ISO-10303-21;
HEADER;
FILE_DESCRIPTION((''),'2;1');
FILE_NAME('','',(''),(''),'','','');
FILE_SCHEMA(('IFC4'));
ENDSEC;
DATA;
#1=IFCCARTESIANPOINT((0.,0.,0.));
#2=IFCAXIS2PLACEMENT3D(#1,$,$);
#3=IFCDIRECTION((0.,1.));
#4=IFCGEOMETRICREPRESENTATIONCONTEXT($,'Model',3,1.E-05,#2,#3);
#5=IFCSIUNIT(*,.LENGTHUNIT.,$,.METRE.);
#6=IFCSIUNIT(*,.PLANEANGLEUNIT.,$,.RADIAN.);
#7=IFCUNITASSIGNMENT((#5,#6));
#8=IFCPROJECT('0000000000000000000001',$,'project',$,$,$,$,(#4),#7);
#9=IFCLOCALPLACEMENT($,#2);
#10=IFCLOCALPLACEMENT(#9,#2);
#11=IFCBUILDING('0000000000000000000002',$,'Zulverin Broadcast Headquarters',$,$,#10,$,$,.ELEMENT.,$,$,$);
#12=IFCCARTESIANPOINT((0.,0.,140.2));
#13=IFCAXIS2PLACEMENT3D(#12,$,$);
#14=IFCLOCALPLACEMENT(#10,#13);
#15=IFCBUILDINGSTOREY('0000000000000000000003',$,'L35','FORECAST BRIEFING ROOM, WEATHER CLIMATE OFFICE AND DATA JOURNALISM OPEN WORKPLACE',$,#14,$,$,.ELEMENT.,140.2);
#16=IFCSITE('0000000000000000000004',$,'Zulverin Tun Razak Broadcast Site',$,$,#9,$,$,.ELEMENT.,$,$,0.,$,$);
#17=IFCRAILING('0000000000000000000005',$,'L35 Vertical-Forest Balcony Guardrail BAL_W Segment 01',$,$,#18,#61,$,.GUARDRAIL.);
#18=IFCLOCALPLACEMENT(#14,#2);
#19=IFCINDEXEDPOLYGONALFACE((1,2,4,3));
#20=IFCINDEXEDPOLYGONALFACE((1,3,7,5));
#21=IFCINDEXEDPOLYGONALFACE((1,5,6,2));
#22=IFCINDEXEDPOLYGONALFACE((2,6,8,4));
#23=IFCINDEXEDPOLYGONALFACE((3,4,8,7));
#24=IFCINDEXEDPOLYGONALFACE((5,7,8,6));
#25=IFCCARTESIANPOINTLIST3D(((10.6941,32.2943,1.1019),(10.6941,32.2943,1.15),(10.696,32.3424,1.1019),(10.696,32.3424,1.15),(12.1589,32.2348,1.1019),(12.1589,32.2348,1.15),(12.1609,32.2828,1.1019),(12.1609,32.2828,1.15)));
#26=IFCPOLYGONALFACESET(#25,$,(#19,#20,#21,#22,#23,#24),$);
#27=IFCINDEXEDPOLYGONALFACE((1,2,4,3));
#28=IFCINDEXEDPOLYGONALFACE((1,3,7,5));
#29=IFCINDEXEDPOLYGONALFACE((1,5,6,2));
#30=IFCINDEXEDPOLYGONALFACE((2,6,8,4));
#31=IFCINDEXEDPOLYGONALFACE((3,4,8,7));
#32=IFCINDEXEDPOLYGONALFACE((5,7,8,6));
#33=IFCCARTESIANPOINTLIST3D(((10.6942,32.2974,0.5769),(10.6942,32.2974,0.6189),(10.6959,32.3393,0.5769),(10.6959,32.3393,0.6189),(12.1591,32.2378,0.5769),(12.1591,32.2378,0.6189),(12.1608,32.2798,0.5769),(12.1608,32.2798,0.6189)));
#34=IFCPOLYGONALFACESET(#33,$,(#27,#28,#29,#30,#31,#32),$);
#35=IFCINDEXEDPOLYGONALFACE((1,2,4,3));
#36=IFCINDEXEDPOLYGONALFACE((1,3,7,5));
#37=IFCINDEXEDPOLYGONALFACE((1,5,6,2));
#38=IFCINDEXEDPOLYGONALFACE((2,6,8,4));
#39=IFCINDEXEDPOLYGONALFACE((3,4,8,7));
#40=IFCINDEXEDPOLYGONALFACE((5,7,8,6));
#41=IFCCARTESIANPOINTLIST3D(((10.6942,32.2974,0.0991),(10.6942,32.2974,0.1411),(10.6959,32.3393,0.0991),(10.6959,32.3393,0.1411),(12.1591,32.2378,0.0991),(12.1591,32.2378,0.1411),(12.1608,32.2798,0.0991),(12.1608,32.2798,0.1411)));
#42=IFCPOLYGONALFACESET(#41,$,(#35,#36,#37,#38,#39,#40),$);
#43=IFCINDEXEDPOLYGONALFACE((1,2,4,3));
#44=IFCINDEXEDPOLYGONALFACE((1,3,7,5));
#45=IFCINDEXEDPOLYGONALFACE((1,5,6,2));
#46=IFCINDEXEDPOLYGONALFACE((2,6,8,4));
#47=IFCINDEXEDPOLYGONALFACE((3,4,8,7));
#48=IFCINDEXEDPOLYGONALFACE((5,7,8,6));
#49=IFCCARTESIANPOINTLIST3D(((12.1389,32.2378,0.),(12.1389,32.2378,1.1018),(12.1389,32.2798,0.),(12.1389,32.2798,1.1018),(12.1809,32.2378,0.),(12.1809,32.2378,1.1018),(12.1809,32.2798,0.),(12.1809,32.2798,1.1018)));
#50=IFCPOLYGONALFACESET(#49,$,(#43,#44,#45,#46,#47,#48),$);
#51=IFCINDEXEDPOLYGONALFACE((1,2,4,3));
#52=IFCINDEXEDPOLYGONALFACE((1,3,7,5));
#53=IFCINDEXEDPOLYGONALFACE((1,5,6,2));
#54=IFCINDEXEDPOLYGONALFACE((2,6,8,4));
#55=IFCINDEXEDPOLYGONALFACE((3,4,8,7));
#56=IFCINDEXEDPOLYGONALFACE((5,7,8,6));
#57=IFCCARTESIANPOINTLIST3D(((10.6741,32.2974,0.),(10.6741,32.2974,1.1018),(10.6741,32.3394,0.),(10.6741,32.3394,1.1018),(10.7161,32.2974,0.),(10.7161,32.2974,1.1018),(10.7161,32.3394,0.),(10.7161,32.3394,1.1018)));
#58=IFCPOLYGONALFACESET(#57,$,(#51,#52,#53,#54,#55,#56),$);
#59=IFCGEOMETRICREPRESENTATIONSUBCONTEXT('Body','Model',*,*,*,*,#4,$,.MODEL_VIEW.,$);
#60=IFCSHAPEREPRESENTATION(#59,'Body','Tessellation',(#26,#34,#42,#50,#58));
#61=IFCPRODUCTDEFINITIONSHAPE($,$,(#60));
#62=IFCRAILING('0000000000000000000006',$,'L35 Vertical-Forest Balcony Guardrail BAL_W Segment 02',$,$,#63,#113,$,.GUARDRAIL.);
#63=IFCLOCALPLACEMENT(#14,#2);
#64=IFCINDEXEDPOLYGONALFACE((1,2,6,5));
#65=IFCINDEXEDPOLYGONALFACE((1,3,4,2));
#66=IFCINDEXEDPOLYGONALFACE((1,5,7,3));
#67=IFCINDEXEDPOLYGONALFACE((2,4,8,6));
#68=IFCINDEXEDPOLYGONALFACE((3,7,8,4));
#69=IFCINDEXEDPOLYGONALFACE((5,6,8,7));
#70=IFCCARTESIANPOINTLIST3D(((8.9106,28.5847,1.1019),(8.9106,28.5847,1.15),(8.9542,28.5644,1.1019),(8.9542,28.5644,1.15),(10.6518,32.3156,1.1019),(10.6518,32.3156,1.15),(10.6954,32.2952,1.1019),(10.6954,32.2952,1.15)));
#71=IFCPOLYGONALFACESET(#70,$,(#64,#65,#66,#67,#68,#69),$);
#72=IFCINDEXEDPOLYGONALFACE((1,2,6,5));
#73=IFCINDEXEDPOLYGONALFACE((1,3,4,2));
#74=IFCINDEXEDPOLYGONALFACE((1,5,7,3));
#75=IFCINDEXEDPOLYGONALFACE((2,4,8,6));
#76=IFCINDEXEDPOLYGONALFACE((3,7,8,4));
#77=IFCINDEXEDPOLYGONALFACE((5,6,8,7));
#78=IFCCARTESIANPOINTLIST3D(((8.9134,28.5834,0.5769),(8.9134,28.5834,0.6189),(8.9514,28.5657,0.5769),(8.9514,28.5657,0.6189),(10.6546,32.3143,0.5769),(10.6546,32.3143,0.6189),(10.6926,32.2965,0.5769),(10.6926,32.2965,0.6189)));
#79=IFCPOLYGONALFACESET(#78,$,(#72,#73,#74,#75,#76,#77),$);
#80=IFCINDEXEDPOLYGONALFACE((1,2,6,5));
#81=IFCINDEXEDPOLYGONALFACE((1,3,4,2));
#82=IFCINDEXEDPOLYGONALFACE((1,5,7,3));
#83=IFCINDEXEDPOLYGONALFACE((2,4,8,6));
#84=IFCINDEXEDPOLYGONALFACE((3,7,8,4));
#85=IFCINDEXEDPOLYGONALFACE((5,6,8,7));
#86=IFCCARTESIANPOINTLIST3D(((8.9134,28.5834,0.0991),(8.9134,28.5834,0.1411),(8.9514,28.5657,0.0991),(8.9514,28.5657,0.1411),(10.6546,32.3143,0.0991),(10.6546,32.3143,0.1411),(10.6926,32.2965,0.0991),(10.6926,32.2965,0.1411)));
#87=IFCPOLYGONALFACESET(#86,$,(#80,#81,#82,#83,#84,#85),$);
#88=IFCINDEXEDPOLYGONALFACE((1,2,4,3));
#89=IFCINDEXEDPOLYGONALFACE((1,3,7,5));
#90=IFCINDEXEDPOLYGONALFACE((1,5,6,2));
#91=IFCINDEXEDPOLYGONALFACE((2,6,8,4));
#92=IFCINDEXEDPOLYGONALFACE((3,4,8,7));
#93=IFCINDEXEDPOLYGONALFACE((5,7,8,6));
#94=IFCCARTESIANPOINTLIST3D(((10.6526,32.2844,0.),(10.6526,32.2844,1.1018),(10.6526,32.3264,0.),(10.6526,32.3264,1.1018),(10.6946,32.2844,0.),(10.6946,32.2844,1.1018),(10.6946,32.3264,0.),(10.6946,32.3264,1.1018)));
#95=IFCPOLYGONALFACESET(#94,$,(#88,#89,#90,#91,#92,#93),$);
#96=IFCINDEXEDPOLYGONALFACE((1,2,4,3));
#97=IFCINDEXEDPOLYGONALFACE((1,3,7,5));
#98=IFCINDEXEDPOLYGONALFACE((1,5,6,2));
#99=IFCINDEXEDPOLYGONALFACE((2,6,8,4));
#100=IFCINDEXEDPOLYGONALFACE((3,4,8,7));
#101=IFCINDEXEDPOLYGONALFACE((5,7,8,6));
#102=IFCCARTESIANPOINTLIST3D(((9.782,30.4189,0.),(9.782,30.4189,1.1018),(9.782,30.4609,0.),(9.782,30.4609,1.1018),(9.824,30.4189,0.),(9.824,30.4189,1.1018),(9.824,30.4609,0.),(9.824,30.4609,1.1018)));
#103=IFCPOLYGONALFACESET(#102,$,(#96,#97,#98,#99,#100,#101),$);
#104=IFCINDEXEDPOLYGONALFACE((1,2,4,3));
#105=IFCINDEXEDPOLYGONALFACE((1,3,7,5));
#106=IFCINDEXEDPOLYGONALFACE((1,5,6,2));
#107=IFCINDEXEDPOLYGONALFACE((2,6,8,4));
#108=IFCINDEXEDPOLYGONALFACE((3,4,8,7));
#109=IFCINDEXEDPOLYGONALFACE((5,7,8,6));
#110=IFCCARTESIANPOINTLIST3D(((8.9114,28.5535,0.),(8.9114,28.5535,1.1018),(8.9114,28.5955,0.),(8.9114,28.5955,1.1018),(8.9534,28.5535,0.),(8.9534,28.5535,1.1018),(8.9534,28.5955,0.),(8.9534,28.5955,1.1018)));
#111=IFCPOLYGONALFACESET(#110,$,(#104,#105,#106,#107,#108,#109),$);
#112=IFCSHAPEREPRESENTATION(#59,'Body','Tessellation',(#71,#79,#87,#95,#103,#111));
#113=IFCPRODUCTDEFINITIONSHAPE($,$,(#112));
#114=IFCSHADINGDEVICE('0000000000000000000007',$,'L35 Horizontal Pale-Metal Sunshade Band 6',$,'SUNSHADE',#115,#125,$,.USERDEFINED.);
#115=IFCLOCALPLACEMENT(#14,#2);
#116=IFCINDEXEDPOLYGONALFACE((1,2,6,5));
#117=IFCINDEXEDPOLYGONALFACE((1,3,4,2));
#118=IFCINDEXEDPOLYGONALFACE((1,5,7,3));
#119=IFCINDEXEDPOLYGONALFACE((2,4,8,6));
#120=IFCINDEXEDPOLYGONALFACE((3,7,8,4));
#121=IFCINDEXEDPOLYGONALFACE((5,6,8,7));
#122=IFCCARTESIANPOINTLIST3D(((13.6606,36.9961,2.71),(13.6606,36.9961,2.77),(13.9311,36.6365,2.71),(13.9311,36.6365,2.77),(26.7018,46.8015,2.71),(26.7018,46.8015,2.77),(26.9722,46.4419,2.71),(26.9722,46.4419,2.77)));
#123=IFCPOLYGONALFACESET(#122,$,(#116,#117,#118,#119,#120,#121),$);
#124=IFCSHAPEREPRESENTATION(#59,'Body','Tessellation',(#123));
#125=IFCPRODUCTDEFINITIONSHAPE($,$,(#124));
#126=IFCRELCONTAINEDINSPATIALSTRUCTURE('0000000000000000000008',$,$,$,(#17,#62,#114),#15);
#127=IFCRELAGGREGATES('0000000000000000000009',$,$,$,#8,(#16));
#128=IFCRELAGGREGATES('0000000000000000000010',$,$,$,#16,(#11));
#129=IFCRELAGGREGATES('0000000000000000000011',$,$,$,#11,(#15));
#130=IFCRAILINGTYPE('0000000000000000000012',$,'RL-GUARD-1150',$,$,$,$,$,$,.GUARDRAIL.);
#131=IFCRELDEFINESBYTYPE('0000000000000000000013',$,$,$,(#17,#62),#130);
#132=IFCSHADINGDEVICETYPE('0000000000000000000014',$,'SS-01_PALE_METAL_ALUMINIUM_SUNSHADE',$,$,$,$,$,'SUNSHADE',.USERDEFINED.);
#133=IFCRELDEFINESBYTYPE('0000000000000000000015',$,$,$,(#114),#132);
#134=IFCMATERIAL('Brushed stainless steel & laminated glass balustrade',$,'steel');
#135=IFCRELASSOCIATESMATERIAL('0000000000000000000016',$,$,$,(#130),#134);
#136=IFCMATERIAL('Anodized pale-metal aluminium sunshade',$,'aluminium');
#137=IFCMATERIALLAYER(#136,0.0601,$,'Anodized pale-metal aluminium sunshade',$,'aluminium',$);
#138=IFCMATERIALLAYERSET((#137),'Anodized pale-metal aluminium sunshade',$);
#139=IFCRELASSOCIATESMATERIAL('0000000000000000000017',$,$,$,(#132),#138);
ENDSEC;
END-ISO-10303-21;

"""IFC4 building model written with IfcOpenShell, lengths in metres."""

from ifc_helpers import new_model, si_unit, direction, frame, origin, origin_2d, place, context, subcontext, project, spatial, rectangle, extrude, material, layer, layer_set, type_object, element, save


model = new_model("IFC4")

# Units and contexts
model_context = context("Model", 3, precision=1e-05, world=origin(), true_north=direction((0.0, 1.0)))
body_context = subcontext(model_context, "Body", "Model", "MODEL_VIEW")
ifc_project = project(units=[si_unit("LENGTHUNIT", "METRE"), si_unit("PLANEANGLEUNIT", "RADIAN")], contexts=[model_context])

# Site, building, storey
site_placement = place(None, origin())
site = spatial("IfcSite", under=ifc_project, at=site_placement, Name="Zulverin Tun Razak Broadcast Site", CompositionType="ELEMENT", RefElevation=0.0)
building_placement = place(site_placement, origin())
building = spatial("IfcBuilding", under=site, at=building_placement, Name="Zulverin Broadcast Headquarters", CompositionType="ELEMENT")
storey_placement = place(building_placement, frame((0.0, 0.0, 140.2)))
storey = spatial("IfcBuildingStorey", under=building, at=storey_placement, Name="L35", Description="FORECAST BRIEFING ROOM, WEATHER CLIMATE OFFICE AND DATA JOURNALISM OPEN WORKPLACE", CompositionType="ELEMENT", Elevation=140.2)

# Railings
ifc_material_1 = material(Name="Brushed stainless steel & laminated glass balustrade", Category="steel")
railing_type = type_object("IfcRailingType", Name="RL-GUARD-1150", PredefinedType="GUARDRAIL", material=ifc_material_1)
railing_1_placement = place(storey_placement, frame((12.1599, 32.2588, 0.0)))
element("IfcRailing", 1, at=railing_1_placement, inside=storey, type_object=railing_type, Name="L35 Vertical-Forest Balcony Guardrail BAL_W Segment 01", PredefinedType="GUARDRAIL", context=body_context, shape_type="SweptSolid", body=[
    extrude(rectangle(XDim=0.0481, YDim=0.0481, at=origin_2d()), frame((0.0, 0.0, 1.126), z_axis=(-0.999174, 0.040633, 0.0), x_axis=(-0.040633, -0.999174, 0.0)), (0.0, 0.0, 1.0), 1.4661),
    extrude(rectangle(XDim=0.042, YDim=0.042, at=origin_2d()), frame((0.0, 0.0, 0.5979), z_axis=(-0.999174, 0.040633, 0.0), x_axis=(-0.040633, -0.999174, 0.0)), (0.0, 0.0, 1.0), 1.4661),
    extrude(rectangle(XDim=0.042, YDim=0.042, at=origin_2d()), frame((0.0, 0.0, 0.1201), z_axis=(-0.999174, 0.040633, 0.0), x_axis=(-0.040633, -0.999174, 0.0)), (0.0, 0.0, 1.0), 1.4661),
    extrude(rectangle(XDim=0.042, YDim=0.042, at=origin_2d()), origin(), (0.0, 0.0, 1.0), 1.1018),
    extrude(rectangle(XDim=0.042, YDim=0.042, at=origin_2d()), frame((-1.4648, 0.0596, 0.0)), (0.0, 0.0, 1.0), 1.1018),
])
railing_2_placement = place(storey_placement, frame((10.6736, 32.3054, 0.0)))
element("IfcRailing", 2, at=railing_2_placement, inside=storey, type_object=railing_type, Name="L35 Vertical-Forest Balcony Guardrail BAL_W Segment 02", PredefinedType="GUARDRAIL", context=body_context, shape_type="SweptSolid", body=[
    extrude(rectangle(XDim=0.0481, YDim=0.0481, at=origin_2d()), frame((0.0, 0.0, 1.126), z_axis=(-0.422905, -0.906174, 0.0), x_axis=(0.906174, -0.422905, 0.0)), (0.0, 0.0, 1.0), 4.1172),
    extrude(rectangle(XDim=0.042, YDim=0.042, at=origin_2d()), frame((0.0, 0.0, 0.5979), z_axis=(-0.422905, -0.906174, 0.0), x_axis=(0.906174, -0.422905, 0.0)), (0.0, 0.0, 1.0), 4.1172),
    extrude(rectangle(XDim=0.042, YDim=0.042, at=origin_2d()), frame((0.0, 0.0, 0.1201), z_axis=(-0.422905, -0.906174, 0.0), x_axis=(0.906174, -0.422905, 0.0)), (0.0, 0.0, 1.0), 4.1172),
    extrude(rectangle(XDim=0.042, YDim=0.042, at=origin_2d()), origin(), (0.0, 0.0, 1.0), 1.1018),
    extrude(rectangle(XDim=0.042, YDim=0.042, at=origin_2d()), frame((-0.8706, -1.8655, 0.0)), (0.0, 0.0, 1.0), 1.1018),
    extrude(rectangle(XDim=0.042, YDim=0.042, at=origin_2d()), frame((-1.7412, -3.731, 0.0)), (0.0, 0.0, 1.0), 1.1018),
])

# Shading device
ifc_material_2 = material(Name="Anodized pale-metal aluminium sunshade", Category="aluminium")
ifc_layer_1 = layer(ifc_material_2, 0.0601, Name="Anodized pale-metal aluminium sunshade", Category="aluminium")
ifc_layer_set_1 = layer_set([ifc_layer_1], Name="Anodized pale-metal aluminium sunshade")
shading_device_type = type_object("IfcShadingDeviceType", Name="SS-01_PALE_METAL_ALUMINIUM_SUNSHADE", ElementType="SUNSHADE", PredefinedType="USERDEFINED", material=ifc_layer_set_1)
shading_device_placement = place(storey_placement, frame((20.3164, 41.719, 2.71), z_axis=(0.0, 0.0, 1.0), x_axis=(-0.799276, -0.600964, 0.0)))
element("IfcShadingDevice", 3, at=shading_device_placement, inside=storey, type_object=shading_device_type, Name="L35 Horizontal Pale-Metal Sunshade Band 6", ObjectType="SUNSHADE", PredefinedType="USERDEFINED", context=body_context, shape_type="SweptSolid", body=[
    extrude(rectangle(XDim=16.3162, YDim=0.45, at=origin_2d()), origin(), (0.0, 0.0, 1.0), 0.0601),
])

save(model, "model.ifc")
